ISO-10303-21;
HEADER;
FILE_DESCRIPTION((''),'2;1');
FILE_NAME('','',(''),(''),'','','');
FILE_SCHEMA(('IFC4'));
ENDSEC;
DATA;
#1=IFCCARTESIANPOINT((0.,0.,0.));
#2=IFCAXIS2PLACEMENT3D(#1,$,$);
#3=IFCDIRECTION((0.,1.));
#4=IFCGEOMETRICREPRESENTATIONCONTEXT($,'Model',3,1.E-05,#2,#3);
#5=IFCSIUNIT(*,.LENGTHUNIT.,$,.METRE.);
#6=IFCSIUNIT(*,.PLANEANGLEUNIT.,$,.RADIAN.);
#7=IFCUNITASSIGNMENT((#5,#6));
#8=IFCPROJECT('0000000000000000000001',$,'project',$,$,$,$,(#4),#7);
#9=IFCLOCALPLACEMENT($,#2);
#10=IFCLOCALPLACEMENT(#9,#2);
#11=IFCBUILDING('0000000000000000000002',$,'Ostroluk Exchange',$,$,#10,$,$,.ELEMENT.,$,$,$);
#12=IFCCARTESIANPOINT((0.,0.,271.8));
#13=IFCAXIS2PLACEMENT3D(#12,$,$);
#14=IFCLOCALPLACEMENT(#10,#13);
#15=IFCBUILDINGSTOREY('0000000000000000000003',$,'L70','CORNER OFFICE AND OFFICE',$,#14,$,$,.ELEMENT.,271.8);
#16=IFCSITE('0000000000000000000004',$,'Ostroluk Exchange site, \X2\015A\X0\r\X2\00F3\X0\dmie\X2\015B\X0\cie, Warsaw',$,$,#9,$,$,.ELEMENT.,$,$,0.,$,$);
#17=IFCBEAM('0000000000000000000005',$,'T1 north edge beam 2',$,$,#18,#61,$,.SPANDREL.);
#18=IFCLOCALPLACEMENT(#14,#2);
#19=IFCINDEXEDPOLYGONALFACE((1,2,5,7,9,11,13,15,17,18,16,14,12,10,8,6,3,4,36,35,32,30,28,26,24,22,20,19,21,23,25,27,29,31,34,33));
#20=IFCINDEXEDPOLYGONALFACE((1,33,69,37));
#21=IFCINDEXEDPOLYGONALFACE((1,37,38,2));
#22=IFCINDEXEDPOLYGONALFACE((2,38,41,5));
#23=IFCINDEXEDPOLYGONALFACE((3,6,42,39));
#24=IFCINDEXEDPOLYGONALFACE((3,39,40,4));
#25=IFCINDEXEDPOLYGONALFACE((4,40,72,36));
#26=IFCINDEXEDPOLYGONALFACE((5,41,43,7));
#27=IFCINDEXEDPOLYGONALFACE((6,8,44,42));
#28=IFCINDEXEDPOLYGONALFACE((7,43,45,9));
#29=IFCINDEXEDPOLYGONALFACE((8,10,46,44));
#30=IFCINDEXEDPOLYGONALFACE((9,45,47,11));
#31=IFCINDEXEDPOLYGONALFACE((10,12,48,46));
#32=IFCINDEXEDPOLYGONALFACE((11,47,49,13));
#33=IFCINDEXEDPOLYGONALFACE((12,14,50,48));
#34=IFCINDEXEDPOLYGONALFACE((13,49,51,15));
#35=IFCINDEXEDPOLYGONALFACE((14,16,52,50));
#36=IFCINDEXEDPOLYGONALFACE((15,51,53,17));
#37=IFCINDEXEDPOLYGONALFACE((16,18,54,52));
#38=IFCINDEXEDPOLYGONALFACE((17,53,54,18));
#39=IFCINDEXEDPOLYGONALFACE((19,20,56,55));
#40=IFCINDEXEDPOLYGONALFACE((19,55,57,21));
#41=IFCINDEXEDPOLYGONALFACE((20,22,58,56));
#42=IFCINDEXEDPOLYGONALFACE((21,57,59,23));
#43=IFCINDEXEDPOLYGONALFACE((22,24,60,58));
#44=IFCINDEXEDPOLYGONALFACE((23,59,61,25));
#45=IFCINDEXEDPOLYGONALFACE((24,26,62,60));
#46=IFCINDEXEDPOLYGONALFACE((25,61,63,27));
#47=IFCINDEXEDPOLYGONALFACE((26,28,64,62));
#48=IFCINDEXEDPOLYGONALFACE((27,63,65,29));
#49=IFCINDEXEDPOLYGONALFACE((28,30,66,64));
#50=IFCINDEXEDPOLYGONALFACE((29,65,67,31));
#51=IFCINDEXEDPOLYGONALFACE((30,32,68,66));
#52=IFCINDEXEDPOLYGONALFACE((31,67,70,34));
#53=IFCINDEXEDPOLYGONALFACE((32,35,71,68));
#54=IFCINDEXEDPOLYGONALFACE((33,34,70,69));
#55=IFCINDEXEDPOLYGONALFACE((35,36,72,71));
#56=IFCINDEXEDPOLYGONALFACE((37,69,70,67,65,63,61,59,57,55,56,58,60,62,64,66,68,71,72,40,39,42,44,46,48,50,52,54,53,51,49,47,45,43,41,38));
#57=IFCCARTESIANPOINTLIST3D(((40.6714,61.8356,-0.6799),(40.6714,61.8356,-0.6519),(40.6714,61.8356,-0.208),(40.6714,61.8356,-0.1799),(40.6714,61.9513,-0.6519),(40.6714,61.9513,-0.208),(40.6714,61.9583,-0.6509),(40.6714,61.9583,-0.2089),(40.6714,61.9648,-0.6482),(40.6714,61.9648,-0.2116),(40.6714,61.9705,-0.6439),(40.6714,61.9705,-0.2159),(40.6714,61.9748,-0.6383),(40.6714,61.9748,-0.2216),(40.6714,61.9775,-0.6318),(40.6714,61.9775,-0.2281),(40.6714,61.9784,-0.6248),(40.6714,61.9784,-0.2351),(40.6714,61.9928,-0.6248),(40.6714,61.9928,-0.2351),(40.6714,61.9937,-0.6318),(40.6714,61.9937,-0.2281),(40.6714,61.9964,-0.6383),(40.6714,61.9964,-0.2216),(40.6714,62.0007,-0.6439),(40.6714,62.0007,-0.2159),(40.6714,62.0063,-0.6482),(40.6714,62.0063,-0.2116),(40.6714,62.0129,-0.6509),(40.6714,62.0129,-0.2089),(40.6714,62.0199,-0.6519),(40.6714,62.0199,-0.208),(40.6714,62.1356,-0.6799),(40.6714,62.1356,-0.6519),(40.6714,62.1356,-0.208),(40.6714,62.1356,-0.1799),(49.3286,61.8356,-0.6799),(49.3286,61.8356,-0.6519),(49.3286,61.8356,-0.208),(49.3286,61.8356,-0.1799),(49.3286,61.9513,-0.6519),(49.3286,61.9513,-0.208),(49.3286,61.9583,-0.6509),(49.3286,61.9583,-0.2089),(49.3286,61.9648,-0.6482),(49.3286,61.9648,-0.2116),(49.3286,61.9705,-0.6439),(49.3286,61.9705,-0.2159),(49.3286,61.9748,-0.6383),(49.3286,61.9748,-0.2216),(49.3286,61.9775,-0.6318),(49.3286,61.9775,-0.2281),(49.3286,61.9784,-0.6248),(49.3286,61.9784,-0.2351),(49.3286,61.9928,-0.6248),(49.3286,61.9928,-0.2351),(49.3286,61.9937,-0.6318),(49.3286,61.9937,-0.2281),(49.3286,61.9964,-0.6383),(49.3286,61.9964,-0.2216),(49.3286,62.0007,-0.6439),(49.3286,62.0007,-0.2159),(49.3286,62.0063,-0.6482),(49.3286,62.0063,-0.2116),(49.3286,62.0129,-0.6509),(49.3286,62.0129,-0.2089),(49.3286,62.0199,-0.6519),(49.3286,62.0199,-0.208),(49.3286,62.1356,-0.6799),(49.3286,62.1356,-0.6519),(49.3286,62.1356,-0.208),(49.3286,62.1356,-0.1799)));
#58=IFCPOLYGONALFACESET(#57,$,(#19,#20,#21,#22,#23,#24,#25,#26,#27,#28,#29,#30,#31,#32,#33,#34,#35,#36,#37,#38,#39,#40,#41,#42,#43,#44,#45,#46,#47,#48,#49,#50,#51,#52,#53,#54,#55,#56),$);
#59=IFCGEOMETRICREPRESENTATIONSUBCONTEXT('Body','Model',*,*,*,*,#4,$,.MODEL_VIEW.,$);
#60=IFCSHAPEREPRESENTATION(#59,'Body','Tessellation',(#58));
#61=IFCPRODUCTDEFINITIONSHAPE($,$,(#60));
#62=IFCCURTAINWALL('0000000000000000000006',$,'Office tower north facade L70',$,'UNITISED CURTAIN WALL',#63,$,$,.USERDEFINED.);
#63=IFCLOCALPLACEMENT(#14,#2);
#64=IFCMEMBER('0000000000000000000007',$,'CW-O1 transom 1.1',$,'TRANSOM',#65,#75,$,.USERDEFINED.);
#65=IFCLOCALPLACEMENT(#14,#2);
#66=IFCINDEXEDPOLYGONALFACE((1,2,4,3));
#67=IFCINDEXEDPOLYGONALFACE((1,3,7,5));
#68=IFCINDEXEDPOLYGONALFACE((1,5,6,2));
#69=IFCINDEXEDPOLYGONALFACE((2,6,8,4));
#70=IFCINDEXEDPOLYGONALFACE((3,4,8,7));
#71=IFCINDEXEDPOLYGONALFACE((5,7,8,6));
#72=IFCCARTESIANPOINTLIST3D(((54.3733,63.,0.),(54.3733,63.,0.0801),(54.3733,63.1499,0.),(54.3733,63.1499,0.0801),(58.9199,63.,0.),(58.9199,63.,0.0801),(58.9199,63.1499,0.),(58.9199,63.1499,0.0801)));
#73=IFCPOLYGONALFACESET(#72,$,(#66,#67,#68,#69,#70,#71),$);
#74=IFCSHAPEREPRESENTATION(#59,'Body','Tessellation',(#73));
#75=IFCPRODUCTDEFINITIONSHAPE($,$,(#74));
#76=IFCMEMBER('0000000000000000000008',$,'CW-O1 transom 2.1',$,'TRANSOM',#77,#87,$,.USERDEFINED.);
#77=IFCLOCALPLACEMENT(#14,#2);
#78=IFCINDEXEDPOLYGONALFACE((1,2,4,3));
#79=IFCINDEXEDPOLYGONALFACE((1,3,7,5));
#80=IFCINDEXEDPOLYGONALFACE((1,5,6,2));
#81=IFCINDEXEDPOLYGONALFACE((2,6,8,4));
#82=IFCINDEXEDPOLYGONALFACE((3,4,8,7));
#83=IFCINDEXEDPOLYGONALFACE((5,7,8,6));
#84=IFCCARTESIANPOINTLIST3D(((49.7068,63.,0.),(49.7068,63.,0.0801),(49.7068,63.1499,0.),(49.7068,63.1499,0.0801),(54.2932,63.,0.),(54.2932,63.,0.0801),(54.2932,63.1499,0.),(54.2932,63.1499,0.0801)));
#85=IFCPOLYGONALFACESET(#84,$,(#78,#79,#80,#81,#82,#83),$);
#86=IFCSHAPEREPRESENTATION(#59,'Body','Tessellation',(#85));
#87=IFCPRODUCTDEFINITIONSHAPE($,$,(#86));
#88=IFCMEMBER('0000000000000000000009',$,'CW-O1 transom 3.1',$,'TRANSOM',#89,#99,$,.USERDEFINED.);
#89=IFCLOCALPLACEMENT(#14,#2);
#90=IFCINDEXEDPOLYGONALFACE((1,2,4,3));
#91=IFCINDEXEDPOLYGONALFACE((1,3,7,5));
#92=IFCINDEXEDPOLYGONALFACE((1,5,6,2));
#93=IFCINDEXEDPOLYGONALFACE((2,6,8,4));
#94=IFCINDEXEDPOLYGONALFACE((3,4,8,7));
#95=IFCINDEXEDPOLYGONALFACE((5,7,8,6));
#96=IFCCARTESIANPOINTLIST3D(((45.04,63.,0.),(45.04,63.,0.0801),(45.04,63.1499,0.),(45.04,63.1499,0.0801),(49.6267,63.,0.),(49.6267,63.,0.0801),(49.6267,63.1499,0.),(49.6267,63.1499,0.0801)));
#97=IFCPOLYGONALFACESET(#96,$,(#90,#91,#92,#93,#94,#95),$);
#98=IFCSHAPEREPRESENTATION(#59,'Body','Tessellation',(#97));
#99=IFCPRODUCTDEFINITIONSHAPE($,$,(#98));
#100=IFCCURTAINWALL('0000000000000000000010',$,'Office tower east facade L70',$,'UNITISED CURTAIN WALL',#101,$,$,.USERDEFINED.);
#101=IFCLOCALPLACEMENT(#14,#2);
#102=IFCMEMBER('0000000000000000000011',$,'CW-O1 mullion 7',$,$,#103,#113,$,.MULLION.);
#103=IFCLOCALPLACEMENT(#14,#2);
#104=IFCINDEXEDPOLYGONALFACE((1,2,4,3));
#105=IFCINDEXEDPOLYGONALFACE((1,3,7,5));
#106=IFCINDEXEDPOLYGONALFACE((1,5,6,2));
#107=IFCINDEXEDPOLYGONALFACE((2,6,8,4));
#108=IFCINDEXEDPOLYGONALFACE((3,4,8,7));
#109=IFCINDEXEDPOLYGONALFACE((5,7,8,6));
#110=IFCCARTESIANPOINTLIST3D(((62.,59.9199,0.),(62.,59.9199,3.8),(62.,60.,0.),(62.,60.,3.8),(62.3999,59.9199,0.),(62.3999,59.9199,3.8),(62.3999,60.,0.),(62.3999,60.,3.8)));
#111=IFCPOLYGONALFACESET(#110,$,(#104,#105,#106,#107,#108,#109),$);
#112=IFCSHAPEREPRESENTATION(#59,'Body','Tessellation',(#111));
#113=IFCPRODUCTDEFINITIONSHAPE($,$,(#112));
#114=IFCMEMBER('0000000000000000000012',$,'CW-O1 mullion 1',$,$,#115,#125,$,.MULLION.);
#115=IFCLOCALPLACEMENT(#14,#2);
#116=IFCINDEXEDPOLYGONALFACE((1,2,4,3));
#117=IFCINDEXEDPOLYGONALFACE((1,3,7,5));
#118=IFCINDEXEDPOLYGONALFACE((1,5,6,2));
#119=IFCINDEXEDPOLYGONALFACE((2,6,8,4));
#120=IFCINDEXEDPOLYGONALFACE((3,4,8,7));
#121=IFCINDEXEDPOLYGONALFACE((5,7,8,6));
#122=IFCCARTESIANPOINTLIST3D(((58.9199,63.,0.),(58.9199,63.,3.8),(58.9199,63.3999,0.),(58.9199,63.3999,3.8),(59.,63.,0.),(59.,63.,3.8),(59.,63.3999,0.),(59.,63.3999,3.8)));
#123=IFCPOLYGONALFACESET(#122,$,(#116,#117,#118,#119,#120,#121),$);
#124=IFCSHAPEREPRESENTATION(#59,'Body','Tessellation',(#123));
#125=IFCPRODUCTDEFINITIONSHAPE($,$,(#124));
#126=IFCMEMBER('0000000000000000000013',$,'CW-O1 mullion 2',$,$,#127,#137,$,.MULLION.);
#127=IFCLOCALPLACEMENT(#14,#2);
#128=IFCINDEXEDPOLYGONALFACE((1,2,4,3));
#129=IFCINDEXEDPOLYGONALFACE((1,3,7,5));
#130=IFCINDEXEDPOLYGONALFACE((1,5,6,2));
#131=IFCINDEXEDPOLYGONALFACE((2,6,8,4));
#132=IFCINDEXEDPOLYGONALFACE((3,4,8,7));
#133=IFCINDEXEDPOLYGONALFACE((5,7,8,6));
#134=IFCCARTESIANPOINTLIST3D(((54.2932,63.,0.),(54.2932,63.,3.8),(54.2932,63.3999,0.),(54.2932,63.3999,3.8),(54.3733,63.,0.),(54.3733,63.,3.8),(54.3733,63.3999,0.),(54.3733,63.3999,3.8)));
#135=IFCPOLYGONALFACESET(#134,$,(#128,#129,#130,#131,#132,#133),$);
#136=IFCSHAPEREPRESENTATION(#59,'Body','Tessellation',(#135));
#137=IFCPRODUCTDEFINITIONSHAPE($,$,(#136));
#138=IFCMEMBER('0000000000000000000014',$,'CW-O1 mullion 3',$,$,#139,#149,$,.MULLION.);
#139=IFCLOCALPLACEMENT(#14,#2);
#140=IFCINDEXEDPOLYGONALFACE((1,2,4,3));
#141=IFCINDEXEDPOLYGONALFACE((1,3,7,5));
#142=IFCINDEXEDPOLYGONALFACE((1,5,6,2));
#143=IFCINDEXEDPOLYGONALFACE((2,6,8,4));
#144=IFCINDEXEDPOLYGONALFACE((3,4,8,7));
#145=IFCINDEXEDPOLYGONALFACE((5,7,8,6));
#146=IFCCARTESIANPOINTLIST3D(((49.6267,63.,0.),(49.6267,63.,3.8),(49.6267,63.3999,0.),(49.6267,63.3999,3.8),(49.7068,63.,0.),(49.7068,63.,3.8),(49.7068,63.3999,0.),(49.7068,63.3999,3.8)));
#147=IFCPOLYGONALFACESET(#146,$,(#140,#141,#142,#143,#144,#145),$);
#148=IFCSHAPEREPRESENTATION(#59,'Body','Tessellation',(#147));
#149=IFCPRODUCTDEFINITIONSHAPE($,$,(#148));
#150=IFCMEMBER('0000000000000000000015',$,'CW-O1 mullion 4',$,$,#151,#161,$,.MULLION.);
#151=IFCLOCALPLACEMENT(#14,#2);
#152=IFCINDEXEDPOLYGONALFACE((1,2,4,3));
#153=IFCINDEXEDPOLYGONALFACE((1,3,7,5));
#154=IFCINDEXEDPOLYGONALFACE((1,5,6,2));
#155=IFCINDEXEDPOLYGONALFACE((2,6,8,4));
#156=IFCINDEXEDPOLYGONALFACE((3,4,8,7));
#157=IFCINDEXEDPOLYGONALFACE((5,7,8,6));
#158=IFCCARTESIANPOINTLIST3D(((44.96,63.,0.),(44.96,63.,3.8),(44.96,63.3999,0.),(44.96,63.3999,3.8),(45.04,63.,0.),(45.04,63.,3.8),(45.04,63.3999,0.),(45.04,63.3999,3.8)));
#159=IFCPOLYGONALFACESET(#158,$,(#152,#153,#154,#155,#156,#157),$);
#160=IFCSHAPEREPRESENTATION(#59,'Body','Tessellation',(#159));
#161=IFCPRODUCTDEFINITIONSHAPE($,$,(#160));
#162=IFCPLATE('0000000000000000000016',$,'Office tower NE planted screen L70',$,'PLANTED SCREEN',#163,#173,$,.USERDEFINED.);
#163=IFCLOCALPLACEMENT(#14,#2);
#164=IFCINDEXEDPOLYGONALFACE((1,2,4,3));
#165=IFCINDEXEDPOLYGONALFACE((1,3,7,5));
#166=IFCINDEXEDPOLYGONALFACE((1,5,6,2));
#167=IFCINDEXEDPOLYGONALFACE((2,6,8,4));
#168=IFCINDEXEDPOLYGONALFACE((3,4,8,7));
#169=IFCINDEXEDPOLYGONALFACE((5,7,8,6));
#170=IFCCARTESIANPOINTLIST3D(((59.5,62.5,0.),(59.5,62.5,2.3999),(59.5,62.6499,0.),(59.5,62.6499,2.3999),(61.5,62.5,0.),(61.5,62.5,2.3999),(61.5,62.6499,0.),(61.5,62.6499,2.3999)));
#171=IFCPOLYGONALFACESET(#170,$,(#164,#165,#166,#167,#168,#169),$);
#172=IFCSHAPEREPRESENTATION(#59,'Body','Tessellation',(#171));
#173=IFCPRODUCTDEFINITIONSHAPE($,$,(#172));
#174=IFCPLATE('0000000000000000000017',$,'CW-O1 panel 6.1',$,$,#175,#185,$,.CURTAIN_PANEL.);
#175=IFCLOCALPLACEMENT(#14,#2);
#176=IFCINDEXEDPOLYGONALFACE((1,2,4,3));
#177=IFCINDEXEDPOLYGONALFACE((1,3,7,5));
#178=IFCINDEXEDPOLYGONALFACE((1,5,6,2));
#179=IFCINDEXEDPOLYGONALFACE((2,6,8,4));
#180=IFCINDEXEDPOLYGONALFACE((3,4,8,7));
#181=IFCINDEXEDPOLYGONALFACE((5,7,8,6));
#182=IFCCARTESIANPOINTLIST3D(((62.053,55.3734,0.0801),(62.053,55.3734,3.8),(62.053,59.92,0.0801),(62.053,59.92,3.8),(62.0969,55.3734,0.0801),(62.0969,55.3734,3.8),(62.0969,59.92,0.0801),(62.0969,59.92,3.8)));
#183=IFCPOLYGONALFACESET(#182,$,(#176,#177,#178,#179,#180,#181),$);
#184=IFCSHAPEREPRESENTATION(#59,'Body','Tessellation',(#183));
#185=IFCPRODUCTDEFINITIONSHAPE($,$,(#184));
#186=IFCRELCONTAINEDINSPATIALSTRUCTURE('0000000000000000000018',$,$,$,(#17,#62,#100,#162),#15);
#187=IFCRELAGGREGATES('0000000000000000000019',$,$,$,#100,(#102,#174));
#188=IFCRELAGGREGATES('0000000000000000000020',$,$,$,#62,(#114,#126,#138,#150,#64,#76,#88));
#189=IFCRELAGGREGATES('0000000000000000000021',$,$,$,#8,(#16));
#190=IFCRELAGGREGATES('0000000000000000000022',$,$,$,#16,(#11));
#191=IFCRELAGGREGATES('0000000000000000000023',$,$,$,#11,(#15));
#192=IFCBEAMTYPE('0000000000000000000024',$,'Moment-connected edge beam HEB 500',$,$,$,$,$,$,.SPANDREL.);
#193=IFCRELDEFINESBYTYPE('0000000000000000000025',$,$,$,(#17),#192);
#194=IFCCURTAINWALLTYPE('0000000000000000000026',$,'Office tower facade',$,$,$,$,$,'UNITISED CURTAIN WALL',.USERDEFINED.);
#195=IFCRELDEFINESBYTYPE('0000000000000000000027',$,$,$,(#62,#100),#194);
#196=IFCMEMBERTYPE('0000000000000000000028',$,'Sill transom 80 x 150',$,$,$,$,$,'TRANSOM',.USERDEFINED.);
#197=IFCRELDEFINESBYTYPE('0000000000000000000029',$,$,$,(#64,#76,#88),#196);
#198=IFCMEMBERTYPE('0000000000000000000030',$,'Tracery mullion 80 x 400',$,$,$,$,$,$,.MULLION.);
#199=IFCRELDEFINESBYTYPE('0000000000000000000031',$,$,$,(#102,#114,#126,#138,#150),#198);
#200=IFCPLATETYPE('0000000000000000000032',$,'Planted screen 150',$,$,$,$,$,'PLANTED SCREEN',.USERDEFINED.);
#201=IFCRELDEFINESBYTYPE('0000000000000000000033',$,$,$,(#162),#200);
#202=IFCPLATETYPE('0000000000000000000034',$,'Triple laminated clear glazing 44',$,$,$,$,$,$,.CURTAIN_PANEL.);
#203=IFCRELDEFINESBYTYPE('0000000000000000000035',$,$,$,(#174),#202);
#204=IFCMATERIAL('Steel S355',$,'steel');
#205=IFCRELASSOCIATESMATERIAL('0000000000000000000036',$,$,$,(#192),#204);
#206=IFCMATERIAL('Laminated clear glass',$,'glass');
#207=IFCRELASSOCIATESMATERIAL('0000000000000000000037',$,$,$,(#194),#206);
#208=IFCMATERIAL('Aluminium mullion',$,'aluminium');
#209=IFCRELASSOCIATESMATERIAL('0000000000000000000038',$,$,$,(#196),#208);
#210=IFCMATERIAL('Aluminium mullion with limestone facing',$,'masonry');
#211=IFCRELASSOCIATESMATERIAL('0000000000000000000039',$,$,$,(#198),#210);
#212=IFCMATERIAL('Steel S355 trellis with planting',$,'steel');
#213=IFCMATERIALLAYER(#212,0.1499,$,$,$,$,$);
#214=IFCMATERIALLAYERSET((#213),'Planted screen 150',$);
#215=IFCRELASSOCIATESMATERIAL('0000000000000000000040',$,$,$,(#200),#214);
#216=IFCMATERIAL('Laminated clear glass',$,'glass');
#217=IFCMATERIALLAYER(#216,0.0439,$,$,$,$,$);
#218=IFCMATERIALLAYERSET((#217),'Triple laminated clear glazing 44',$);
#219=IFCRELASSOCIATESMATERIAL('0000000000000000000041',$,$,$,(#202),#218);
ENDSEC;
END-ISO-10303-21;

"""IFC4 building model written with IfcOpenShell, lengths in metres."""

from ifc_helpers import new_model, si_unit, direction, frame, origin, origin_2d, place, context, subcontext, project, spatial, rectangle, i_section, extrude, material, layer, layer_set, material_profile, profile_set, type_object, element, aggregate, save


model = new_model("IFC4")

# Units and contexts
model_context = context("Model", 3, precision=1e-05, world=origin(), true_north=direction((0.0, 1.0)))
body_context = subcontext(model_context, "Body", "Model", "MODEL_VIEW")
ifc_project = project(units=[si_unit("LENGTHUNIT", "METRE"), si_unit("PLANEANGLEUNIT", "RADIAN")], contexts=[model_context])

# Site, building, storey
site_placement = place(None, origin())
site = spatial("IfcSite", under=ifc_project, at=site_placement, Name="Ostroluk Exchange site, Śródmieście, Warsaw", CompositionType="ELEMENT", RefElevation=0.0)
building_placement = place(site_placement, origin())
building = spatial("IfcBuilding", under=site, at=building_placement, Name="Ostroluk Exchange", CompositionType="ELEMENT")
storey_placement = place(building_placement, frame((0.0, 0.0, 271.8)))
storey = spatial("IfcBuildingStorey", under=building, at=storey_placement, Name="L70", Description="CORNER OFFICE AND OFFICE", CompositionType="ELEMENT", Elevation=271.8)

# Beam
ifc_material_1 = material(Name="Steel S355", Category="steel")
ifc_material_profile_1 = material_profile(ifc_material_1, i_section(OverallWidth=0.3, OverallDepth=0.5, WebThickness=0.0144, FlangeThickness=0.0281, FilletRadius=0.0271, at=origin_2d()), Name="HEB 500")
ifc_profile_set_1 = profile_set([ifc_material_profile_1], Name="Steel S355")
beam_type_1 = type_object("IfcBeamType", Name="Moment-connected edge beam HEB 500", PredefinedType="SPANDREL", material=ifc_profile_set_1)
beam_1_placement = place(storey_placement, frame((49.3286, 61.9856, -0.4299), z_axis=(-1.0, 0.0, 0.0), x_axis=(0.0, -1.0, 0.0)))
element("IfcBeam", 1, at=beam_1_placement, inside=storey, type_object=beam_type_1, Name="T1 north edge beam 2", PredefinedType="SPANDREL", context=body_context, shape_type="SweptSolid", body=[
    extrude(i_section(OverallWidth=0.3, OverallDepth=0.5, WebThickness=0.0144, FlangeThickness=0.0281, FilletRadius=0.0271, at=origin_2d()), origin(), (0.0, 0.0, 1.0), 8.6572),
])

# Curtain wall, members
ifc_material_2 = material(Name="Laminated clear glass", Category="glass")
curtain_wall_type = type_object("IfcCurtainWallType", Name="Office tower facade", ElementType="UNITISED CURTAIN WALL", PredefinedType="USERDEFINED", material=ifc_material_2)
curtain_wall_1_placement = place(storey_placement, origin())
curtain_wall_1 = element("IfcCurtainWall", 2, at=curtain_wall_1_placement, inside=storey, type_object=curtain_wall_type, Name="Office tower north facade L70", ObjectType="UNITISED CURTAIN WALL", PredefinedType="USERDEFINED")
ifc_material_3 = material(Name="Aluminium mullion", Category="aluminium")
ifc_material_profile_2 = material_profile(ifc_material_3, rectangle(XDim=0.1499, YDim=0.0801, at=origin_2d()), Name="Sill transom 80 x 150")
ifc_profile_set_2 = profile_set([ifc_material_profile_2], Name="Aluminium mullion")
member_type_1 = type_object("IfcMemberType", Name="Sill transom 80 x 150", ElementType="TRANSOM", PredefinedType="USERDEFINED", material=ifc_profile_set_2)
member_1_placement = place(storey_placement, frame((58.9199, 63.075, 0.04), z_axis=(-1.0, 0.0, 0.0), x_axis=(0.0, -1.0, 0.0)))
member_1 = element("IfcMember", 3, at=member_1_placement, type_object=member_type_1, Name="CW-O1 transom 1.1", ObjectType="TRANSOM", PredefinedType="USERDEFINED", context=body_context, shape_type="SweptSolid", body=[
    extrude(rectangle(XDim=0.1499, YDim=0.0801, at=origin_2d()), origin(), (0.0, 0.0, 1.0), 4.5466),
])
member_2_placement = place(storey_placement, frame((54.2932, 63.075, 0.04), z_axis=(-1.0, 0.0, 0.0), x_axis=(0.0, -1.0, 0.0)))
member_2 = element("IfcMember", 4, at=member_2_placement, type_object=member_type_1, Name="CW-O1 transom 2.1", ObjectType="TRANSOM", PredefinedType="USERDEFINED", context=body_context, shape_type="SweptSolid", body=[
    extrude(rectangle(XDim=0.1499, YDim=0.0801, at=origin_2d()), origin(), (0.0, 0.0, 1.0), 4.5864),
])
member_3_placement = place(storey_placement, frame((49.6267, 63.075, 0.04), z_axis=(-1.0, 0.0, 0.0), x_axis=(0.0, -1.0, 0.0)))
member_3 = element("IfcMember", 5, at=member_3_placement, type_object=member_type_1, Name="CW-O1 transom 3.1", ObjectType="TRANSOM", PredefinedType="USERDEFINED", context=body_context, shape_type="SweptSolid", body=[
    extrude(rectangle(XDim=0.1499, YDim=0.0801, at=origin_2d()), origin(), (0.0, 0.0, 1.0), 4.5867),
])

# Curtain wall, member
curtain_wall_2_placement = place(storey_placement, origin())
curtain_wall_2 = element("IfcCurtainWall", 6, at=curtain_wall_2_placement, inside=storey, type_object=curtain_wall_type, Name="Office tower east facade L70", ObjectType="UNITISED CURTAIN WALL", PredefinedType="USERDEFINED")
ifc_material_4 = material(Name="Aluminium mullion with limestone facing", Category="masonry")
ifc_material_profile_3 = material_profile(ifc_material_4, rectangle(XDim=0.3999, YDim=0.0801, at=origin_2d()), Name="Tracery mullion 80 x 400")
ifc_profile_set_3 = profile_set([ifc_material_profile_3], Name="Aluminium mullion with limestone facing")
member_type_2 = type_object("IfcMemberType", Name="Tracery mullion 80 x 400", PredefinedType="MULLION", material=ifc_profile_set_3)
member_4_placement = place(storey_placement, frame((62.2, 59.96, 0.0), z_axis=(0.0, 0.0, 1.0), x_axis=(-1.0, 0.0, 0.0)))
member_4 = element("IfcMember", 7, at=member_4_placement, type_object=member_type_2, Name="CW-O1 mullion 7", PredefinedType="MULLION", context=body_context, shape_type="SweptSolid", body=[
    extrude(rectangle(XDim=0.3999, YDim=0.0801, at=origin_2d()), origin(), (0.0, 0.0, 1.0), 3.8),
])

# Members
member_5_placement = place(storey_placement, frame((58.96, 63.2, 0.0), z_axis=(0.0, 0.0, 1.0), x_axis=(0.0, -1.0, 0.0)))
member_5 = element("IfcMember", 8, at=member_5_placement, type_object=member_type_2, Name="CW-O1 mullion 1", PredefinedType="MULLION", context=body_context, shape_type="SweptSolid", body=[
    extrude(rectangle(XDim=0.3999, YDim=0.0801, at=origin_2d()), origin(), (0.0, 0.0, 1.0), 3.8),
])
member_6_placement = place(storey_placement, frame((54.3333, 63.2, 0.0), z_axis=(0.0, 0.0, 1.0), x_axis=(0.0, -1.0, 0.0)))
member_6 = element("IfcMember", 9, at=member_6_placement, type_object=member_type_2, Name="CW-O1 mullion 2", PredefinedType="MULLION", context=body_context, shape_type="SweptSolid", body=[
    extrude(rectangle(XDim=0.3999, YDim=0.0801, at=origin_2d()), origin(), (0.0, 0.0, 1.0), 3.8),
])
member_7_placement = place(storey_placement, frame((49.6667, 63.2, 0.0), z_axis=(0.0, 0.0, 1.0), x_axis=(0.0, -1.0, 0.0)))
member_7 = element("IfcMember", 10, at=member_7_placement, type_object=member_type_2, Name="CW-O1 mullion 3", PredefinedType="MULLION", context=body_context, shape_type="SweptSolid", body=[
    extrude(rectangle(XDim=0.3999, YDim=0.0801, at=origin_2d()), origin(), (0.0, 0.0, 1.0), 3.8),
])
member_8_placement = place(storey_placement, frame((45.0, 63.2, 0.0), z_axis=(0.0, 0.0, 1.0), x_axis=(0.0, -1.0, 0.0)))
member_8 = element("IfcMember", 11, at=member_8_placement, type_object=member_type_2, Name="CW-O1 mullion 4", PredefinedType="MULLION", context=body_context, shape_type="SweptSolid", body=[
    extrude(rectangle(XDim=0.3999, YDim=0.0801, at=origin_2d()), origin(), (0.0, 0.0, 1.0), 3.8),
])

# Plates
ifc_material_5 = material(Name="Steel S355 trellis with planting", Category="steel")
ifc_layer_1 = layer(ifc_material_5, 0.1499)
ifc_layer_set_1 = layer_set([ifc_layer_1], Name="Planted screen 150")
plate_type_1 = type_object("IfcPlateType", Name="Planted screen 150", ElementType="PLANTED SCREEN", PredefinedType="USERDEFINED", material=ifc_layer_set_1)
plate_1_placement = place(storey_placement, frame((60.5, 62.575, 0.0), z_axis=(0.0, 0.0, 1.0), x_axis=(1.0, 0.0, 0.0)))
element("IfcPlate", 12, at=plate_1_placement, inside=storey, type_object=plate_type_1, Name="Office tower NE planted screen L70", ObjectType="PLANTED SCREEN", PredefinedType="USERDEFINED", context=body_context, shape_type="SweptSolid", body=[
    extrude(rectangle(XDim=2.0, YDim=0.1499, at=origin_2d()), origin(), (0.0, 0.0, 1.0), 2.3999),
])
ifc_material_6 = material(Name="Laminated clear glass", Category="glass")
ifc_layer_2 = layer(ifc_material_6, 0.0439)
ifc_layer_set_2 = layer_set([ifc_layer_2], Name="Triple laminated clear glazing 44")
plate_type_2 = type_object("IfcPlateType", Name="Triple laminated clear glazing 44", PredefinedType="CURTAIN_PANEL", material=ifc_layer_set_2)
plate_2_placement = place(storey_placement, frame((62.075, 57.6467, 0.0801), z_axis=(0.0, 0.0, 1.0), x_axis=(0.0, 1.0, 0.0)))
plate_2 = element("IfcPlate", 13, at=plate_2_placement, type_object=plate_type_2, Name="CW-O1 panel 6.1", PredefinedType="CURTAIN_PANEL", context=body_context, shape_type="SweptSolid", body=[
    extrude(rectangle(XDim=4.5466, YDim=0.0439, at=origin_2d()), origin(), (0.0, 0.0, 1.0), 3.72),
])
aggregate(curtain_wall_2, [member_4, plate_2])
aggregate(curtain_wall_1, [member_5, member_6, member_7, member_8, member_1, member_2, member_3])

save(model, "model.ifc")
